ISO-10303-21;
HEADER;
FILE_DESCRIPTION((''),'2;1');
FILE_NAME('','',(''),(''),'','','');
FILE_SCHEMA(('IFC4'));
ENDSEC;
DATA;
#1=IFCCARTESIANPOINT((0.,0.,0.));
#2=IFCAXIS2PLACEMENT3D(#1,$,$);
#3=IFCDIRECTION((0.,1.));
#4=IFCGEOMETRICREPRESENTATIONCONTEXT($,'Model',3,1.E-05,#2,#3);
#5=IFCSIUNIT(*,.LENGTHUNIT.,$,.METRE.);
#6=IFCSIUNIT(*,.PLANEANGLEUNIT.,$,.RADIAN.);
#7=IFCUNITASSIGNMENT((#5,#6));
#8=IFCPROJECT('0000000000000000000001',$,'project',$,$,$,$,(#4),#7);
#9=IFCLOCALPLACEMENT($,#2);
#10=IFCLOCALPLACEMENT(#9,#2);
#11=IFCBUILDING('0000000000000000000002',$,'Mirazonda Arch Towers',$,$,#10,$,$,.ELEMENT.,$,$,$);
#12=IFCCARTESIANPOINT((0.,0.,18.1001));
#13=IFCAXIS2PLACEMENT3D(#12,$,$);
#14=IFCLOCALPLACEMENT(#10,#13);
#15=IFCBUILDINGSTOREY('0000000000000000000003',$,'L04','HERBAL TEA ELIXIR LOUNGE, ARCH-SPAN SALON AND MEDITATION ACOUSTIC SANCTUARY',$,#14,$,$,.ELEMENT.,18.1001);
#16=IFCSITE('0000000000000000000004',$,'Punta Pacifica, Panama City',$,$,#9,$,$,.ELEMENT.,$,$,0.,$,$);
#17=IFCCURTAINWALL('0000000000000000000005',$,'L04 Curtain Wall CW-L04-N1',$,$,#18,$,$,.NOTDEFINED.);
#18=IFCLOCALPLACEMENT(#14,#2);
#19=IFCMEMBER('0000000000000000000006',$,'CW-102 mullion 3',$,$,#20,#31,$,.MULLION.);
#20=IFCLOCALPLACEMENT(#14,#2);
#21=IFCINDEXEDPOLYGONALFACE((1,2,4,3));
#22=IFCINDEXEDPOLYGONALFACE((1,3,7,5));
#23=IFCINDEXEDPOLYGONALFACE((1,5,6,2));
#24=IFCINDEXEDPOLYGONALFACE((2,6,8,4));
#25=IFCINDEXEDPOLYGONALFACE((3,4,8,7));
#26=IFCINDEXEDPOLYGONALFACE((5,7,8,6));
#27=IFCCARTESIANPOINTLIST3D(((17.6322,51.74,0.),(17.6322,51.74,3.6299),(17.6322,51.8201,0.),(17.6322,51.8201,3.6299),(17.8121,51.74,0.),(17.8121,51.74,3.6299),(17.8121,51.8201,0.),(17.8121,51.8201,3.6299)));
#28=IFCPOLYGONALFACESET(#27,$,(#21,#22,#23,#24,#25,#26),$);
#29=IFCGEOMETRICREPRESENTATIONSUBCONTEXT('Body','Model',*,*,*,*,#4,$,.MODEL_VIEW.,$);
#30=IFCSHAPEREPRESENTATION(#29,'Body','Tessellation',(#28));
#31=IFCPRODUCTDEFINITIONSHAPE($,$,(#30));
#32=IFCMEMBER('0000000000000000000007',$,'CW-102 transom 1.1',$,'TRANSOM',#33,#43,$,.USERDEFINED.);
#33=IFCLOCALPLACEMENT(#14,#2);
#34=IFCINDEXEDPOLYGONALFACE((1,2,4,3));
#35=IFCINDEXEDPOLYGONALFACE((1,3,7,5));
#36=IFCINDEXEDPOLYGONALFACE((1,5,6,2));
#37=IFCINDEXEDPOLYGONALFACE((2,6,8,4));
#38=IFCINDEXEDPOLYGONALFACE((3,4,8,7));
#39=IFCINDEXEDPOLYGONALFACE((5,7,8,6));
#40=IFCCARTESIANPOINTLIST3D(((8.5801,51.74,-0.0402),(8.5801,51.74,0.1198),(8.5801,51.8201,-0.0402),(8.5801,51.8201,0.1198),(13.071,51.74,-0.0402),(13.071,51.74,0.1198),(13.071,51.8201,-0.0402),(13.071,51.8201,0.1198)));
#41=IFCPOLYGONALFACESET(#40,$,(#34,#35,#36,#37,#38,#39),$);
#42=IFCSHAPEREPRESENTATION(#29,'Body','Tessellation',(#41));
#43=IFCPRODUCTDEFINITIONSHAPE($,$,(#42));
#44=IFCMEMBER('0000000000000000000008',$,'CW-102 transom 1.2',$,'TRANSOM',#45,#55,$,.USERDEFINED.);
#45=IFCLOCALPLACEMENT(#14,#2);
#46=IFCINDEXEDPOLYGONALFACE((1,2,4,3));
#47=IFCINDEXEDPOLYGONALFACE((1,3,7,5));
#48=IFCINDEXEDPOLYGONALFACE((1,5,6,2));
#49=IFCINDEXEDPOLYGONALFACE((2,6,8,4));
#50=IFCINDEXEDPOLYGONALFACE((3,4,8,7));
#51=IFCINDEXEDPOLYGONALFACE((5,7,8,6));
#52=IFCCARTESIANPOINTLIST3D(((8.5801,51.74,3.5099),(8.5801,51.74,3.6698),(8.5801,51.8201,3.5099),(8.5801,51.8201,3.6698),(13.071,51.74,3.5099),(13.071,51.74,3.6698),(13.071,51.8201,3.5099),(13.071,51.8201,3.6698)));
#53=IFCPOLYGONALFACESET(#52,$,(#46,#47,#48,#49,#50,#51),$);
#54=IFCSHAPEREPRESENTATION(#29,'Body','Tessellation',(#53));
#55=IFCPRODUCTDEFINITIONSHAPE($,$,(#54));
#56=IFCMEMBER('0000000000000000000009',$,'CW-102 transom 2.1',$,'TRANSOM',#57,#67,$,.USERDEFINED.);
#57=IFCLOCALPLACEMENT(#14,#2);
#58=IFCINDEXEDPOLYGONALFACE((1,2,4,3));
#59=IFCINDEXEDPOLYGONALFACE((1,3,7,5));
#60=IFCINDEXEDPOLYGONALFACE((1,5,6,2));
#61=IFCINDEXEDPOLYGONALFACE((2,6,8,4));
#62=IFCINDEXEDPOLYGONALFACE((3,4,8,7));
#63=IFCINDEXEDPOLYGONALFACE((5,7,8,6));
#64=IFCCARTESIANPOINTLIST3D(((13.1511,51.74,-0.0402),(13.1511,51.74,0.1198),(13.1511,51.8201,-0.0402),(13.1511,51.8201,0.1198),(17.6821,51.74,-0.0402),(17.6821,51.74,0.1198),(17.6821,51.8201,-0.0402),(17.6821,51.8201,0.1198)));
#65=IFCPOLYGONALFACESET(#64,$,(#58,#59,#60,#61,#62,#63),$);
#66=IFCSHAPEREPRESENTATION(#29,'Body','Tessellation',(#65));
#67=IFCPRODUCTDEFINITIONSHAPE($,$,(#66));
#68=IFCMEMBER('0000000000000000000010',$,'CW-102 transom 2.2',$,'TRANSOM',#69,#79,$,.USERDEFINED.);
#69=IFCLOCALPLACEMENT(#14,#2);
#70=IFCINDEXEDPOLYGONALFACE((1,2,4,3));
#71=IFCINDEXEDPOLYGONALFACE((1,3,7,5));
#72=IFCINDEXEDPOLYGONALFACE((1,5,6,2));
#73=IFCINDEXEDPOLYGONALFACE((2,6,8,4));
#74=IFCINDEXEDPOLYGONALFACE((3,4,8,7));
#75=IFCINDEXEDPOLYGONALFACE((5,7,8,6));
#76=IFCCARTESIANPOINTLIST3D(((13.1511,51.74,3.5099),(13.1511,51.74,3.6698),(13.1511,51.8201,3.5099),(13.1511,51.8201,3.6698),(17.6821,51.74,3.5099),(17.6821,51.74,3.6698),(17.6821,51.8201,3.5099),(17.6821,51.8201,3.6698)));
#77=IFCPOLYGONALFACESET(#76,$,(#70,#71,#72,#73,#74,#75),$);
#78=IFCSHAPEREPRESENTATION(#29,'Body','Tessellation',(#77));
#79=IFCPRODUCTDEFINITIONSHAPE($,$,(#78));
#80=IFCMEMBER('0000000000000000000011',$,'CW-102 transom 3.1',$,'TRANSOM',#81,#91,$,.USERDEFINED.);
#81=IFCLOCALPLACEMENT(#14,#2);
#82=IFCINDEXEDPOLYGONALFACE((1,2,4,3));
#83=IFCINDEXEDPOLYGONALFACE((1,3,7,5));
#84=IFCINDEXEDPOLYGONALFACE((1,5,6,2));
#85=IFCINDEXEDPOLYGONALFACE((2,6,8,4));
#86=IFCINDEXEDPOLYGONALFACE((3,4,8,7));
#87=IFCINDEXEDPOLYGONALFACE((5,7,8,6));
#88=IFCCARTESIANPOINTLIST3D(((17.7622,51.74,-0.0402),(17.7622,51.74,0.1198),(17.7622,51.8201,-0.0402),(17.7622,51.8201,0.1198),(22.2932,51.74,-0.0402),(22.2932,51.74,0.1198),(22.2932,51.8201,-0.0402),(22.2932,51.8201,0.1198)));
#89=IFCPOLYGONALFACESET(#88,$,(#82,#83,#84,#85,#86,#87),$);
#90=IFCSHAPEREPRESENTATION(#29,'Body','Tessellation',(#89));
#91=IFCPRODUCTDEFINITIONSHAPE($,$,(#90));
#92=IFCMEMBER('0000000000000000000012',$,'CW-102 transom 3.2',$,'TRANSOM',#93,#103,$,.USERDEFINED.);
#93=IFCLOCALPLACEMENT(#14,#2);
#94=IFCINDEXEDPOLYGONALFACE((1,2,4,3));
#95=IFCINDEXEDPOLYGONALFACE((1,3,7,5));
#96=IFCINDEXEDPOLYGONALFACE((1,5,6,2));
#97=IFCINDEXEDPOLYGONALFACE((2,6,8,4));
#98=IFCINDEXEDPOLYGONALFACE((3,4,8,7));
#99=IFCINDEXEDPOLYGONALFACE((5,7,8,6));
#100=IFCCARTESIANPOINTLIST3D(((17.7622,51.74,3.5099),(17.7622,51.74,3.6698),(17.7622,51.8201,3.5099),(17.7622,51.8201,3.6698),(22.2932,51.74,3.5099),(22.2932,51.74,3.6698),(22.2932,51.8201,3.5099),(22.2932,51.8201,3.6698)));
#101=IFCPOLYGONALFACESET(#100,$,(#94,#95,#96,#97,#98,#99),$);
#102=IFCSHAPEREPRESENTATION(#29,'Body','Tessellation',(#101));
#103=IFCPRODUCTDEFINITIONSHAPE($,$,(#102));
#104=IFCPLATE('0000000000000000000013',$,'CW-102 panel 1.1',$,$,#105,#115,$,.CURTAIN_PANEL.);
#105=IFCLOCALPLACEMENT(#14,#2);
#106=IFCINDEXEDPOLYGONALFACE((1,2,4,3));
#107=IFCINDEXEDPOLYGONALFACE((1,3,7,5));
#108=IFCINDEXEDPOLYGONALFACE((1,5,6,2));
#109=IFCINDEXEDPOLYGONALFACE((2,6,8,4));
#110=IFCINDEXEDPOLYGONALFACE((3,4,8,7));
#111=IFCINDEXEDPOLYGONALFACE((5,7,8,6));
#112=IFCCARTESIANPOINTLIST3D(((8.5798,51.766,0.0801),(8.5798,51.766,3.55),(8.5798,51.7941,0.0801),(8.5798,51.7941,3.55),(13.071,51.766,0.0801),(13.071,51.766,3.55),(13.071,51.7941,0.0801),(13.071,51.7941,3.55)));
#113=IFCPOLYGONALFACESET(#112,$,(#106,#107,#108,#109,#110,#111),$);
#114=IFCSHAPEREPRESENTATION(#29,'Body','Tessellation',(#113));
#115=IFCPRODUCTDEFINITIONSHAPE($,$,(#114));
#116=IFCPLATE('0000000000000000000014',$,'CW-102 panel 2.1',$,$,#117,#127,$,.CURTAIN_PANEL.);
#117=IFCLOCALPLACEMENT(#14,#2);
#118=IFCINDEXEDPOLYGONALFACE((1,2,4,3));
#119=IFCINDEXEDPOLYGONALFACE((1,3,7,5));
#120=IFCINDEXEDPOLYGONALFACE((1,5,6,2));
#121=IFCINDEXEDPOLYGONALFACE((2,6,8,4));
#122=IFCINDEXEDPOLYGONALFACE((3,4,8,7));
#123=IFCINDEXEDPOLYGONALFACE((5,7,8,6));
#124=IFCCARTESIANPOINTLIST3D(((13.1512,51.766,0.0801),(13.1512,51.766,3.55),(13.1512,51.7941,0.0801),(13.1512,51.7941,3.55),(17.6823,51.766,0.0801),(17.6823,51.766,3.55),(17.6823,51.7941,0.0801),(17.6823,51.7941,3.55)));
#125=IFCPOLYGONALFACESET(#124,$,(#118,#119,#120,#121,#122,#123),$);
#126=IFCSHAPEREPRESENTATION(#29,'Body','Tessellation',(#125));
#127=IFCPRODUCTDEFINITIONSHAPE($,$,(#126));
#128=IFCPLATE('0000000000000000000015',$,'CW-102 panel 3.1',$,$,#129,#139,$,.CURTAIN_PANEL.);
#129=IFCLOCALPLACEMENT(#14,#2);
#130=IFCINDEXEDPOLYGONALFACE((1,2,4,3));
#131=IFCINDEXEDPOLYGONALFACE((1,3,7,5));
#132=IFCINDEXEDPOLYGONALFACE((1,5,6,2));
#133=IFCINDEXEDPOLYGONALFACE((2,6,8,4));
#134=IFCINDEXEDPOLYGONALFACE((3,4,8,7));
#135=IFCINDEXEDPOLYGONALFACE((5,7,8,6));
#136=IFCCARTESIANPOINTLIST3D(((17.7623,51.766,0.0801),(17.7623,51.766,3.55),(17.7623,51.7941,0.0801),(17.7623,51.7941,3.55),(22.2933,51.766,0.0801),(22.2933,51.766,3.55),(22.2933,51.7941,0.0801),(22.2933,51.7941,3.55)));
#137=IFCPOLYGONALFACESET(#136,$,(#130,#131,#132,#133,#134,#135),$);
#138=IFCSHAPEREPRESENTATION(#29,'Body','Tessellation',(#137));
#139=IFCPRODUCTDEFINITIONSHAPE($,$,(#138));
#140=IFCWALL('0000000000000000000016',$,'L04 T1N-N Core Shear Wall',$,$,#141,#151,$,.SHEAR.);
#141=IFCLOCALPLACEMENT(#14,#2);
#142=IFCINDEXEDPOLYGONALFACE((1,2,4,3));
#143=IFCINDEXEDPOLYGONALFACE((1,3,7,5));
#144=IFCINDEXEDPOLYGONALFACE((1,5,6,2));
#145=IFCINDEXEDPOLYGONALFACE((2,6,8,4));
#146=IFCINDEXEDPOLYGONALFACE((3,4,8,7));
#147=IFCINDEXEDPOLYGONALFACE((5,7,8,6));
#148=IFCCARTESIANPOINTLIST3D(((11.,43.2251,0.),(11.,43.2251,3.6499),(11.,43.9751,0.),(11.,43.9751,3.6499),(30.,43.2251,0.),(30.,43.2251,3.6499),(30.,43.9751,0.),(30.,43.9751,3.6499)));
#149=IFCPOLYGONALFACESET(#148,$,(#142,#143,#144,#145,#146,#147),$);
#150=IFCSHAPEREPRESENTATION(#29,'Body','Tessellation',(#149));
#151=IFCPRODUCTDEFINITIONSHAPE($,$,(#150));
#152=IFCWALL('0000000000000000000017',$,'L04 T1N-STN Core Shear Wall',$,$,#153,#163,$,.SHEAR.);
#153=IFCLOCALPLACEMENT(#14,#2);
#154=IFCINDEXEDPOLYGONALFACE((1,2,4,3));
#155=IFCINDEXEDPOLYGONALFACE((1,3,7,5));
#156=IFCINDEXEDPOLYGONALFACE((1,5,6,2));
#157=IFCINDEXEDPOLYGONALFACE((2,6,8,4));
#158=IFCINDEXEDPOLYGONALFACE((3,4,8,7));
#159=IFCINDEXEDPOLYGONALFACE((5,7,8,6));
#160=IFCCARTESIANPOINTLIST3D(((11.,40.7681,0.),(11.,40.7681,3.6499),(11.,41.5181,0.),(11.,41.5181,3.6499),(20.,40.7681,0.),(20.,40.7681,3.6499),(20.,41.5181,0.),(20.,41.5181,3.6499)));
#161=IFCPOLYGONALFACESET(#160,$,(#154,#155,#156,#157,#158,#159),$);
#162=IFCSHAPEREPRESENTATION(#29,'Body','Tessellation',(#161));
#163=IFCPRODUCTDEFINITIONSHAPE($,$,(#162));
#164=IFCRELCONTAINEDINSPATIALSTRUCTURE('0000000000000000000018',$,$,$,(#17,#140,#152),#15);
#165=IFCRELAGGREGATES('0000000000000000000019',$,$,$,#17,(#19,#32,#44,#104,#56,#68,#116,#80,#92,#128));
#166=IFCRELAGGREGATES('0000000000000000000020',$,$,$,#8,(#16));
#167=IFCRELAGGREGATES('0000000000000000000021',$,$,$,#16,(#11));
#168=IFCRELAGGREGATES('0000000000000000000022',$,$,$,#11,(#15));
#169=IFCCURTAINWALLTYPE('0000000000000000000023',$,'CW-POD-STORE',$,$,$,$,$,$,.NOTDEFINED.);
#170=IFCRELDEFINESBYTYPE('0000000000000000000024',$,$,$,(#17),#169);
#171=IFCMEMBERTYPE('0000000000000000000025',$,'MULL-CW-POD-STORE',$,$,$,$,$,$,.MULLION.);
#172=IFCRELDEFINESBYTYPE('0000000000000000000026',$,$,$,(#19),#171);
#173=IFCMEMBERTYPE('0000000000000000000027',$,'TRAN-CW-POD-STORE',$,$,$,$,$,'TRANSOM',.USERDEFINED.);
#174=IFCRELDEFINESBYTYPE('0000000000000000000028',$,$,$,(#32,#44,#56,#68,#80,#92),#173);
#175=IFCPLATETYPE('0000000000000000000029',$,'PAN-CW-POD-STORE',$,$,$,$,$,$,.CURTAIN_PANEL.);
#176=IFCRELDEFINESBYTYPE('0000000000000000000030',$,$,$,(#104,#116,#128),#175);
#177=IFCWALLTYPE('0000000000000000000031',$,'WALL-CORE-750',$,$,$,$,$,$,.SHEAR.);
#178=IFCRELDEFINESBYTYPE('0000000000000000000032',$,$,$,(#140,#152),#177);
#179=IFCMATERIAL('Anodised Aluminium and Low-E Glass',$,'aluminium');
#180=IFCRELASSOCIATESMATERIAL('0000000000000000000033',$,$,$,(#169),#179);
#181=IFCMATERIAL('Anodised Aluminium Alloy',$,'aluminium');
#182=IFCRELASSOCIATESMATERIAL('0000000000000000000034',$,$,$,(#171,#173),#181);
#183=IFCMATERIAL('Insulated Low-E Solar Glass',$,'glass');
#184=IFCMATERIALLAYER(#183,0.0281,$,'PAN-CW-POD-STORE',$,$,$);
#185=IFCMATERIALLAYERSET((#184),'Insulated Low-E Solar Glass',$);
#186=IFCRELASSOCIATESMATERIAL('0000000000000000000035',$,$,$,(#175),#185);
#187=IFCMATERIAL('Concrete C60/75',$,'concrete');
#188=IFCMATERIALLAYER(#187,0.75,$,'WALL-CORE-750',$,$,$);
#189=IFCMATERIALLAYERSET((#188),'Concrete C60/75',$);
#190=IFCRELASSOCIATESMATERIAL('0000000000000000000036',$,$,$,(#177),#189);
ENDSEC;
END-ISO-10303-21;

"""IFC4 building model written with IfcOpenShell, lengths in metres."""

from ifc_helpers import new_model, si_unit, direction, frame, frame_2d, origin, origin_2d, place, context, subcontext, project, spatial, rectangle, extrude, material, layer, layer_set, material_profile, profile_set, type_object, element, aggregate, save


model = new_model("IFC4")

# Units and contexts
model_context = context("Model", 3, precision=1e-05, world=origin(), true_north=direction((0.0, 1.0)))
body_context = subcontext(model_context, "Body", "Model", "MODEL_VIEW")
ifc_project = project(units=[si_unit("LENGTHUNIT", "METRE"), si_unit("PLANEANGLEUNIT", "RADIAN")], contexts=[model_context])

# Site, building, storey
site_placement = place(None, origin())
site = spatial("IfcSite", under=ifc_project, at=site_placement, Name="Punta Pacifica, Panama City", CompositionType="ELEMENT", RefElevation=0.0)
building_placement = place(site_placement, origin())
building = spatial("IfcBuilding", under=site, at=building_placement, Name="Mirazonda Arch Towers", CompositionType="ELEMENT")
storey_placement = place(building_placement, frame((0.0, 0.0, 18.1001)))
storey = spatial("IfcBuildingStorey", under=building, at=storey_placement, Name="L04", Description="HERBAL TEA ELIXIR LOUNGE, ARCH-SPAN SALON AND MEDITATION ACOUSTIC SANCTUARY", CompositionType="ELEMENT", Elevation=18.1001)

# Shared definitions
ifc_material_1 = material(Name="Concrete C60/75", Category="concrete")

# Curtain wall, members, plates
ifc_material_2 = material(Name="Anodised Aluminium and Low-E Glass", Category="aluminium")
curtain_wall_type = type_object("IfcCurtainWallType", Name="CW-POD-STORE", PredefinedType="NOTDEFINED", material=ifc_material_2)
curtain_wall_placement = place(storey_placement, origin())
curtain_wall = element("IfcCurtainWall", 1, at=curtain_wall_placement, inside=storey, type_object=curtain_wall_type, Name="L04 Curtain Wall CW-L04-N1", PredefinedType="NOTDEFINED")
ifc_material_3 = material(Name="Anodised Aluminium Alloy", Category="aluminium")
ifc_material_profile_1 = material_profile(ifc_material_3, rectangle(XDim=0.0801, YDim=0.1799, at=origin_2d()), Name="ALU-MULL-80x180")
ifc_profile_set_1 = profile_set([ifc_material_profile_1], Name="Anodised Aluminium Alloy")
member_type_1 = type_object("IfcMemberType", Name="MULL-CW-POD-STORE", PredefinedType="MULLION", material=ifc_profile_set_1)
member_1_placement = place(storey_placement, frame((17.7222, 51.78, 0.0), z_axis=(0.0, 0.0, 1.0), x_axis=(0.0, 1.0, 0.0)))
member_1 = element("IfcMember", 2, at=member_1_placement, type_object=member_type_1, Name="CW-102 mullion 3", PredefinedType="MULLION", context=body_context, shape_type="SweptSolid", body=[
    extrude(rectangle(XDim=0.0801, YDim=0.1799, at=origin_2d()), origin(), (0.0, 0.0, 1.0), 3.6299),
])
ifc_material_profile_2 = material_profile(ifc_material_3, rectangle(XDim=0.0801, YDim=0.1599, at=origin_2d()), Name="ALU-TRAN-80x160")
ifc_profile_set_2 = profile_set([ifc_material_profile_2], Name="Anodised Aluminium Alloy")
member_type_2 = type_object("IfcMemberType", Name="TRAN-CW-POD-STORE", ElementType="TRANSOM", PredefinedType="USERDEFINED", material=ifc_profile_set_2)
member_2_placement = place(storey_placement, frame((8.5801, 51.78, 0.0398), z_axis=(1.0, 0.0, 0.0), x_axis=(0.0, 1.0, 0.0)))
member_2 = element("IfcMember", 3, at=member_2_placement, type_object=member_type_2, Name="CW-102 transom 1.1", ObjectType="TRANSOM", PredefinedType="USERDEFINED", context=body_context, shape_type="SweptSolid", body=[
    extrude(rectangle(XDim=0.0801, YDim=0.1599, at=origin_2d()), origin(), (0.0, 0.0, 1.0), 4.491),
])
member_3_placement = place(storey_placement, frame((8.5801, 51.78, 3.5898), z_axis=(1.0, 0.0, 0.0), x_axis=(0.0, 1.0, 0.0)))
member_3 = element("IfcMember", 4, at=member_3_placement, type_object=member_type_2, Name="CW-102 transom 1.2", ObjectType="TRANSOM", PredefinedType="USERDEFINED", context=body_context, shape_type="SweptSolid", body=[
    extrude(rectangle(XDim=0.0801, YDim=0.1599, at=origin_2d()), origin(), (0.0, 0.0, 1.0), 4.491),
])
member_4_placement = place(storey_placement, frame((13.1511, 51.78, 0.0398), z_axis=(1.0, 0.0, 0.0), x_axis=(0.0, 1.0, 0.0)))
member_4 = element("IfcMember", 5, at=member_4_placement, type_object=member_type_2, Name="CW-102 transom 2.1", ObjectType="TRANSOM", PredefinedType="USERDEFINED", context=body_context, shape_type="SweptSolid", body=[
    extrude(rectangle(XDim=0.0801, YDim=0.1599, at=origin_2d()), origin(), (0.0, 0.0, 1.0), 4.531),
])
member_5_placement = place(storey_placement, frame((13.1511, 51.78, 3.5898), z_axis=(1.0, 0.0, 0.0), x_axis=(0.0, 1.0, 0.0)))
member_5 = element("IfcMember", 6, at=member_5_placement, type_object=member_type_2, Name="CW-102 transom 2.2", ObjectType="TRANSOM", PredefinedType="USERDEFINED", context=body_context, shape_type="SweptSolid", body=[
    extrude(rectangle(XDim=0.0801, YDim=0.1599, at=origin_2d()), origin(), (0.0, 0.0, 1.0), 4.531),
])
member_6_placement = place(storey_placement, frame((17.7622, 51.78, 0.0398), z_axis=(1.0, 0.0, 0.0), x_axis=(0.0, 1.0, 0.0)))
member_6 = element("IfcMember", 7, at=member_6_placement, type_object=member_type_2, Name="CW-102 transom 3.1", ObjectType="TRANSOM", PredefinedType="USERDEFINED", context=body_context, shape_type="SweptSolid", body=[
    extrude(rectangle(XDim=0.0801, YDim=0.1599, at=origin_2d()), origin(), (0.0, 0.0, 1.0), 4.531),
])
member_7_placement = place(storey_placement, frame((17.7622, 51.78, 3.5898), z_axis=(1.0, 0.0, 0.0), x_axis=(0.0, 1.0, 0.0)))
member_7 = element("IfcMember", 8, at=member_7_placement, type_object=member_type_2, Name="CW-102 transom 3.2", ObjectType="TRANSOM", PredefinedType="USERDEFINED", context=body_context, shape_type="SweptSolid", body=[
    extrude(rectangle(XDim=0.0801, YDim=0.1599, at=origin_2d()), origin(), (0.0, 0.0, 1.0), 4.531),
])
ifc_material_4 = material(Name="Insulated Low-E Solar Glass", Category="glass")
ifc_layer_1 = layer(ifc_material_4, 0.0281, Name="PAN-CW-POD-STORE")
ifc_layer_set_1 = layer_set([ifc_layer_1], Name="Insulated Low-E Solar Glass")
plate_type = type_object("IfcPlateType", Name="PAN-CW-POD-STORE", PredefinedType="CURTAIN_PANEL", material=ifc_layer_set_1)
plate_1_placement = place(storey_placement, frame((10.8254, 51.78, 0.0801), z_axis=(0.0, 0.0, 1.0), x_axis=(1.0, 0.0, 0.0)))
plate_1 = element("IfcPlate", 9, at=plate_1_placement, type_object=plate_type, Name="CW-102 panel 1.1", PredefinedType="CURTAIN_PANEL", context=body_context, shape_type="SweptSolid", body=[
    extrude(rectangle(XDim=4.4912, YDim=0.0281, at=origin_2d()), origin(), (0.0, 0.0, 1.0), 3.47),
])
plate_2_placement = place(storey_placement, frame((15.4167, 51.78, 0.0801), z_axis=(0.0, 0.0, 1.0), x_axis=(1.0, 0.0, 0.0)))
plate_2 = element("IfcPlate", 10, at=plate_2_placement, type_object=plate_type, Name="CW-102 panel 2.1", PredefinedType="CURTAIN_PANEL", context=body_context, shape_type="SweptSolid", body=[
    extrude(rectangle(XDim=4.531, YDim=0.0281, at=origin_2d()), origin(), (0.0, 0.0, 1.0), 3.47),
])
plate_3_placement = place(storey_placement, frame((20.0278, 51.78, 0.0801), z_axis=(0.0, 0.0, 1.0), x_axis=(1.0, 0.0, 0.0)))
plate_3 = element("IfcPlate", 11, at=plate_3_placement, type_object=plate_type, Name="CW-102 panel 3.1", PredefinedType="CURTAIN_PANEL", context=body_context, shape_type="SweptSolid", body=[
    extrude(rectangle(XDim=4.531, YDim=0.0281, at=origin_2d()), origin(), (0.0, 0.0, 1.0), 3.47),
])
aggregate(curtain_wall, [member_1, member_2, member_3, plate_1, member_4, member_5, plate_2, member_6, member_7, plate_3])

# Walls
ifc_layer_2 = layer(ifc_material_1, 0.75, Name="WALL-CORE-750")
ifc_layer_set_2 = layer_set([ifc_layer_2], Name="Concrete C60/75")
wall_type_1 = type_object("IfcWallType", Name="WALL-CORE-750", PredefinedType="SHEAR", material=ifc_layer_set_2)
wall_1_placement = place(storey_placement, frame((11.0, 43.6001, 0.0), z_axis=(0.0, 0.0, 1.0), x_axis=(1.0, 0.0, 0.0)))
element("IfcWall", 12, at=wall_1_placement, inside=storey, type_object=wall_type_1, Name="L04 T1N-N Core Shear Wall", PredefinedType="SHEAR", context=body_context, shape_type="SweptSolid", body=[
    extrude(rectangle(XDim=19.0, YDim=0.75, at=frame_2d((9.5, 0.0))), origin(), (0.0, 0.0, 1.0), 3.6499),
])
wall_2_placement = place(storey_placement, frame((11.0, 41.1431, 0.0), z_axis=(0.0, 0.0, 1.0), x_axis=(1.0, 0.0, 0.0)))
element("IfcWall", 13, at=wall_2_placement, inside=storey, type_object=wall_type_1, Name="L04 T1N-STN Core Shear Wall", PredefinedType="SHEAR", context=body_context, shape_type="SweptSolid", body=[
    extrude(rectangle(XDim=9.0, YDim=0.75, at=frame_2d((4.5, 0.0))), origin(), (0.0, 0.0, 1.0), 3.6499),
])

save(model, "model.ifc")
